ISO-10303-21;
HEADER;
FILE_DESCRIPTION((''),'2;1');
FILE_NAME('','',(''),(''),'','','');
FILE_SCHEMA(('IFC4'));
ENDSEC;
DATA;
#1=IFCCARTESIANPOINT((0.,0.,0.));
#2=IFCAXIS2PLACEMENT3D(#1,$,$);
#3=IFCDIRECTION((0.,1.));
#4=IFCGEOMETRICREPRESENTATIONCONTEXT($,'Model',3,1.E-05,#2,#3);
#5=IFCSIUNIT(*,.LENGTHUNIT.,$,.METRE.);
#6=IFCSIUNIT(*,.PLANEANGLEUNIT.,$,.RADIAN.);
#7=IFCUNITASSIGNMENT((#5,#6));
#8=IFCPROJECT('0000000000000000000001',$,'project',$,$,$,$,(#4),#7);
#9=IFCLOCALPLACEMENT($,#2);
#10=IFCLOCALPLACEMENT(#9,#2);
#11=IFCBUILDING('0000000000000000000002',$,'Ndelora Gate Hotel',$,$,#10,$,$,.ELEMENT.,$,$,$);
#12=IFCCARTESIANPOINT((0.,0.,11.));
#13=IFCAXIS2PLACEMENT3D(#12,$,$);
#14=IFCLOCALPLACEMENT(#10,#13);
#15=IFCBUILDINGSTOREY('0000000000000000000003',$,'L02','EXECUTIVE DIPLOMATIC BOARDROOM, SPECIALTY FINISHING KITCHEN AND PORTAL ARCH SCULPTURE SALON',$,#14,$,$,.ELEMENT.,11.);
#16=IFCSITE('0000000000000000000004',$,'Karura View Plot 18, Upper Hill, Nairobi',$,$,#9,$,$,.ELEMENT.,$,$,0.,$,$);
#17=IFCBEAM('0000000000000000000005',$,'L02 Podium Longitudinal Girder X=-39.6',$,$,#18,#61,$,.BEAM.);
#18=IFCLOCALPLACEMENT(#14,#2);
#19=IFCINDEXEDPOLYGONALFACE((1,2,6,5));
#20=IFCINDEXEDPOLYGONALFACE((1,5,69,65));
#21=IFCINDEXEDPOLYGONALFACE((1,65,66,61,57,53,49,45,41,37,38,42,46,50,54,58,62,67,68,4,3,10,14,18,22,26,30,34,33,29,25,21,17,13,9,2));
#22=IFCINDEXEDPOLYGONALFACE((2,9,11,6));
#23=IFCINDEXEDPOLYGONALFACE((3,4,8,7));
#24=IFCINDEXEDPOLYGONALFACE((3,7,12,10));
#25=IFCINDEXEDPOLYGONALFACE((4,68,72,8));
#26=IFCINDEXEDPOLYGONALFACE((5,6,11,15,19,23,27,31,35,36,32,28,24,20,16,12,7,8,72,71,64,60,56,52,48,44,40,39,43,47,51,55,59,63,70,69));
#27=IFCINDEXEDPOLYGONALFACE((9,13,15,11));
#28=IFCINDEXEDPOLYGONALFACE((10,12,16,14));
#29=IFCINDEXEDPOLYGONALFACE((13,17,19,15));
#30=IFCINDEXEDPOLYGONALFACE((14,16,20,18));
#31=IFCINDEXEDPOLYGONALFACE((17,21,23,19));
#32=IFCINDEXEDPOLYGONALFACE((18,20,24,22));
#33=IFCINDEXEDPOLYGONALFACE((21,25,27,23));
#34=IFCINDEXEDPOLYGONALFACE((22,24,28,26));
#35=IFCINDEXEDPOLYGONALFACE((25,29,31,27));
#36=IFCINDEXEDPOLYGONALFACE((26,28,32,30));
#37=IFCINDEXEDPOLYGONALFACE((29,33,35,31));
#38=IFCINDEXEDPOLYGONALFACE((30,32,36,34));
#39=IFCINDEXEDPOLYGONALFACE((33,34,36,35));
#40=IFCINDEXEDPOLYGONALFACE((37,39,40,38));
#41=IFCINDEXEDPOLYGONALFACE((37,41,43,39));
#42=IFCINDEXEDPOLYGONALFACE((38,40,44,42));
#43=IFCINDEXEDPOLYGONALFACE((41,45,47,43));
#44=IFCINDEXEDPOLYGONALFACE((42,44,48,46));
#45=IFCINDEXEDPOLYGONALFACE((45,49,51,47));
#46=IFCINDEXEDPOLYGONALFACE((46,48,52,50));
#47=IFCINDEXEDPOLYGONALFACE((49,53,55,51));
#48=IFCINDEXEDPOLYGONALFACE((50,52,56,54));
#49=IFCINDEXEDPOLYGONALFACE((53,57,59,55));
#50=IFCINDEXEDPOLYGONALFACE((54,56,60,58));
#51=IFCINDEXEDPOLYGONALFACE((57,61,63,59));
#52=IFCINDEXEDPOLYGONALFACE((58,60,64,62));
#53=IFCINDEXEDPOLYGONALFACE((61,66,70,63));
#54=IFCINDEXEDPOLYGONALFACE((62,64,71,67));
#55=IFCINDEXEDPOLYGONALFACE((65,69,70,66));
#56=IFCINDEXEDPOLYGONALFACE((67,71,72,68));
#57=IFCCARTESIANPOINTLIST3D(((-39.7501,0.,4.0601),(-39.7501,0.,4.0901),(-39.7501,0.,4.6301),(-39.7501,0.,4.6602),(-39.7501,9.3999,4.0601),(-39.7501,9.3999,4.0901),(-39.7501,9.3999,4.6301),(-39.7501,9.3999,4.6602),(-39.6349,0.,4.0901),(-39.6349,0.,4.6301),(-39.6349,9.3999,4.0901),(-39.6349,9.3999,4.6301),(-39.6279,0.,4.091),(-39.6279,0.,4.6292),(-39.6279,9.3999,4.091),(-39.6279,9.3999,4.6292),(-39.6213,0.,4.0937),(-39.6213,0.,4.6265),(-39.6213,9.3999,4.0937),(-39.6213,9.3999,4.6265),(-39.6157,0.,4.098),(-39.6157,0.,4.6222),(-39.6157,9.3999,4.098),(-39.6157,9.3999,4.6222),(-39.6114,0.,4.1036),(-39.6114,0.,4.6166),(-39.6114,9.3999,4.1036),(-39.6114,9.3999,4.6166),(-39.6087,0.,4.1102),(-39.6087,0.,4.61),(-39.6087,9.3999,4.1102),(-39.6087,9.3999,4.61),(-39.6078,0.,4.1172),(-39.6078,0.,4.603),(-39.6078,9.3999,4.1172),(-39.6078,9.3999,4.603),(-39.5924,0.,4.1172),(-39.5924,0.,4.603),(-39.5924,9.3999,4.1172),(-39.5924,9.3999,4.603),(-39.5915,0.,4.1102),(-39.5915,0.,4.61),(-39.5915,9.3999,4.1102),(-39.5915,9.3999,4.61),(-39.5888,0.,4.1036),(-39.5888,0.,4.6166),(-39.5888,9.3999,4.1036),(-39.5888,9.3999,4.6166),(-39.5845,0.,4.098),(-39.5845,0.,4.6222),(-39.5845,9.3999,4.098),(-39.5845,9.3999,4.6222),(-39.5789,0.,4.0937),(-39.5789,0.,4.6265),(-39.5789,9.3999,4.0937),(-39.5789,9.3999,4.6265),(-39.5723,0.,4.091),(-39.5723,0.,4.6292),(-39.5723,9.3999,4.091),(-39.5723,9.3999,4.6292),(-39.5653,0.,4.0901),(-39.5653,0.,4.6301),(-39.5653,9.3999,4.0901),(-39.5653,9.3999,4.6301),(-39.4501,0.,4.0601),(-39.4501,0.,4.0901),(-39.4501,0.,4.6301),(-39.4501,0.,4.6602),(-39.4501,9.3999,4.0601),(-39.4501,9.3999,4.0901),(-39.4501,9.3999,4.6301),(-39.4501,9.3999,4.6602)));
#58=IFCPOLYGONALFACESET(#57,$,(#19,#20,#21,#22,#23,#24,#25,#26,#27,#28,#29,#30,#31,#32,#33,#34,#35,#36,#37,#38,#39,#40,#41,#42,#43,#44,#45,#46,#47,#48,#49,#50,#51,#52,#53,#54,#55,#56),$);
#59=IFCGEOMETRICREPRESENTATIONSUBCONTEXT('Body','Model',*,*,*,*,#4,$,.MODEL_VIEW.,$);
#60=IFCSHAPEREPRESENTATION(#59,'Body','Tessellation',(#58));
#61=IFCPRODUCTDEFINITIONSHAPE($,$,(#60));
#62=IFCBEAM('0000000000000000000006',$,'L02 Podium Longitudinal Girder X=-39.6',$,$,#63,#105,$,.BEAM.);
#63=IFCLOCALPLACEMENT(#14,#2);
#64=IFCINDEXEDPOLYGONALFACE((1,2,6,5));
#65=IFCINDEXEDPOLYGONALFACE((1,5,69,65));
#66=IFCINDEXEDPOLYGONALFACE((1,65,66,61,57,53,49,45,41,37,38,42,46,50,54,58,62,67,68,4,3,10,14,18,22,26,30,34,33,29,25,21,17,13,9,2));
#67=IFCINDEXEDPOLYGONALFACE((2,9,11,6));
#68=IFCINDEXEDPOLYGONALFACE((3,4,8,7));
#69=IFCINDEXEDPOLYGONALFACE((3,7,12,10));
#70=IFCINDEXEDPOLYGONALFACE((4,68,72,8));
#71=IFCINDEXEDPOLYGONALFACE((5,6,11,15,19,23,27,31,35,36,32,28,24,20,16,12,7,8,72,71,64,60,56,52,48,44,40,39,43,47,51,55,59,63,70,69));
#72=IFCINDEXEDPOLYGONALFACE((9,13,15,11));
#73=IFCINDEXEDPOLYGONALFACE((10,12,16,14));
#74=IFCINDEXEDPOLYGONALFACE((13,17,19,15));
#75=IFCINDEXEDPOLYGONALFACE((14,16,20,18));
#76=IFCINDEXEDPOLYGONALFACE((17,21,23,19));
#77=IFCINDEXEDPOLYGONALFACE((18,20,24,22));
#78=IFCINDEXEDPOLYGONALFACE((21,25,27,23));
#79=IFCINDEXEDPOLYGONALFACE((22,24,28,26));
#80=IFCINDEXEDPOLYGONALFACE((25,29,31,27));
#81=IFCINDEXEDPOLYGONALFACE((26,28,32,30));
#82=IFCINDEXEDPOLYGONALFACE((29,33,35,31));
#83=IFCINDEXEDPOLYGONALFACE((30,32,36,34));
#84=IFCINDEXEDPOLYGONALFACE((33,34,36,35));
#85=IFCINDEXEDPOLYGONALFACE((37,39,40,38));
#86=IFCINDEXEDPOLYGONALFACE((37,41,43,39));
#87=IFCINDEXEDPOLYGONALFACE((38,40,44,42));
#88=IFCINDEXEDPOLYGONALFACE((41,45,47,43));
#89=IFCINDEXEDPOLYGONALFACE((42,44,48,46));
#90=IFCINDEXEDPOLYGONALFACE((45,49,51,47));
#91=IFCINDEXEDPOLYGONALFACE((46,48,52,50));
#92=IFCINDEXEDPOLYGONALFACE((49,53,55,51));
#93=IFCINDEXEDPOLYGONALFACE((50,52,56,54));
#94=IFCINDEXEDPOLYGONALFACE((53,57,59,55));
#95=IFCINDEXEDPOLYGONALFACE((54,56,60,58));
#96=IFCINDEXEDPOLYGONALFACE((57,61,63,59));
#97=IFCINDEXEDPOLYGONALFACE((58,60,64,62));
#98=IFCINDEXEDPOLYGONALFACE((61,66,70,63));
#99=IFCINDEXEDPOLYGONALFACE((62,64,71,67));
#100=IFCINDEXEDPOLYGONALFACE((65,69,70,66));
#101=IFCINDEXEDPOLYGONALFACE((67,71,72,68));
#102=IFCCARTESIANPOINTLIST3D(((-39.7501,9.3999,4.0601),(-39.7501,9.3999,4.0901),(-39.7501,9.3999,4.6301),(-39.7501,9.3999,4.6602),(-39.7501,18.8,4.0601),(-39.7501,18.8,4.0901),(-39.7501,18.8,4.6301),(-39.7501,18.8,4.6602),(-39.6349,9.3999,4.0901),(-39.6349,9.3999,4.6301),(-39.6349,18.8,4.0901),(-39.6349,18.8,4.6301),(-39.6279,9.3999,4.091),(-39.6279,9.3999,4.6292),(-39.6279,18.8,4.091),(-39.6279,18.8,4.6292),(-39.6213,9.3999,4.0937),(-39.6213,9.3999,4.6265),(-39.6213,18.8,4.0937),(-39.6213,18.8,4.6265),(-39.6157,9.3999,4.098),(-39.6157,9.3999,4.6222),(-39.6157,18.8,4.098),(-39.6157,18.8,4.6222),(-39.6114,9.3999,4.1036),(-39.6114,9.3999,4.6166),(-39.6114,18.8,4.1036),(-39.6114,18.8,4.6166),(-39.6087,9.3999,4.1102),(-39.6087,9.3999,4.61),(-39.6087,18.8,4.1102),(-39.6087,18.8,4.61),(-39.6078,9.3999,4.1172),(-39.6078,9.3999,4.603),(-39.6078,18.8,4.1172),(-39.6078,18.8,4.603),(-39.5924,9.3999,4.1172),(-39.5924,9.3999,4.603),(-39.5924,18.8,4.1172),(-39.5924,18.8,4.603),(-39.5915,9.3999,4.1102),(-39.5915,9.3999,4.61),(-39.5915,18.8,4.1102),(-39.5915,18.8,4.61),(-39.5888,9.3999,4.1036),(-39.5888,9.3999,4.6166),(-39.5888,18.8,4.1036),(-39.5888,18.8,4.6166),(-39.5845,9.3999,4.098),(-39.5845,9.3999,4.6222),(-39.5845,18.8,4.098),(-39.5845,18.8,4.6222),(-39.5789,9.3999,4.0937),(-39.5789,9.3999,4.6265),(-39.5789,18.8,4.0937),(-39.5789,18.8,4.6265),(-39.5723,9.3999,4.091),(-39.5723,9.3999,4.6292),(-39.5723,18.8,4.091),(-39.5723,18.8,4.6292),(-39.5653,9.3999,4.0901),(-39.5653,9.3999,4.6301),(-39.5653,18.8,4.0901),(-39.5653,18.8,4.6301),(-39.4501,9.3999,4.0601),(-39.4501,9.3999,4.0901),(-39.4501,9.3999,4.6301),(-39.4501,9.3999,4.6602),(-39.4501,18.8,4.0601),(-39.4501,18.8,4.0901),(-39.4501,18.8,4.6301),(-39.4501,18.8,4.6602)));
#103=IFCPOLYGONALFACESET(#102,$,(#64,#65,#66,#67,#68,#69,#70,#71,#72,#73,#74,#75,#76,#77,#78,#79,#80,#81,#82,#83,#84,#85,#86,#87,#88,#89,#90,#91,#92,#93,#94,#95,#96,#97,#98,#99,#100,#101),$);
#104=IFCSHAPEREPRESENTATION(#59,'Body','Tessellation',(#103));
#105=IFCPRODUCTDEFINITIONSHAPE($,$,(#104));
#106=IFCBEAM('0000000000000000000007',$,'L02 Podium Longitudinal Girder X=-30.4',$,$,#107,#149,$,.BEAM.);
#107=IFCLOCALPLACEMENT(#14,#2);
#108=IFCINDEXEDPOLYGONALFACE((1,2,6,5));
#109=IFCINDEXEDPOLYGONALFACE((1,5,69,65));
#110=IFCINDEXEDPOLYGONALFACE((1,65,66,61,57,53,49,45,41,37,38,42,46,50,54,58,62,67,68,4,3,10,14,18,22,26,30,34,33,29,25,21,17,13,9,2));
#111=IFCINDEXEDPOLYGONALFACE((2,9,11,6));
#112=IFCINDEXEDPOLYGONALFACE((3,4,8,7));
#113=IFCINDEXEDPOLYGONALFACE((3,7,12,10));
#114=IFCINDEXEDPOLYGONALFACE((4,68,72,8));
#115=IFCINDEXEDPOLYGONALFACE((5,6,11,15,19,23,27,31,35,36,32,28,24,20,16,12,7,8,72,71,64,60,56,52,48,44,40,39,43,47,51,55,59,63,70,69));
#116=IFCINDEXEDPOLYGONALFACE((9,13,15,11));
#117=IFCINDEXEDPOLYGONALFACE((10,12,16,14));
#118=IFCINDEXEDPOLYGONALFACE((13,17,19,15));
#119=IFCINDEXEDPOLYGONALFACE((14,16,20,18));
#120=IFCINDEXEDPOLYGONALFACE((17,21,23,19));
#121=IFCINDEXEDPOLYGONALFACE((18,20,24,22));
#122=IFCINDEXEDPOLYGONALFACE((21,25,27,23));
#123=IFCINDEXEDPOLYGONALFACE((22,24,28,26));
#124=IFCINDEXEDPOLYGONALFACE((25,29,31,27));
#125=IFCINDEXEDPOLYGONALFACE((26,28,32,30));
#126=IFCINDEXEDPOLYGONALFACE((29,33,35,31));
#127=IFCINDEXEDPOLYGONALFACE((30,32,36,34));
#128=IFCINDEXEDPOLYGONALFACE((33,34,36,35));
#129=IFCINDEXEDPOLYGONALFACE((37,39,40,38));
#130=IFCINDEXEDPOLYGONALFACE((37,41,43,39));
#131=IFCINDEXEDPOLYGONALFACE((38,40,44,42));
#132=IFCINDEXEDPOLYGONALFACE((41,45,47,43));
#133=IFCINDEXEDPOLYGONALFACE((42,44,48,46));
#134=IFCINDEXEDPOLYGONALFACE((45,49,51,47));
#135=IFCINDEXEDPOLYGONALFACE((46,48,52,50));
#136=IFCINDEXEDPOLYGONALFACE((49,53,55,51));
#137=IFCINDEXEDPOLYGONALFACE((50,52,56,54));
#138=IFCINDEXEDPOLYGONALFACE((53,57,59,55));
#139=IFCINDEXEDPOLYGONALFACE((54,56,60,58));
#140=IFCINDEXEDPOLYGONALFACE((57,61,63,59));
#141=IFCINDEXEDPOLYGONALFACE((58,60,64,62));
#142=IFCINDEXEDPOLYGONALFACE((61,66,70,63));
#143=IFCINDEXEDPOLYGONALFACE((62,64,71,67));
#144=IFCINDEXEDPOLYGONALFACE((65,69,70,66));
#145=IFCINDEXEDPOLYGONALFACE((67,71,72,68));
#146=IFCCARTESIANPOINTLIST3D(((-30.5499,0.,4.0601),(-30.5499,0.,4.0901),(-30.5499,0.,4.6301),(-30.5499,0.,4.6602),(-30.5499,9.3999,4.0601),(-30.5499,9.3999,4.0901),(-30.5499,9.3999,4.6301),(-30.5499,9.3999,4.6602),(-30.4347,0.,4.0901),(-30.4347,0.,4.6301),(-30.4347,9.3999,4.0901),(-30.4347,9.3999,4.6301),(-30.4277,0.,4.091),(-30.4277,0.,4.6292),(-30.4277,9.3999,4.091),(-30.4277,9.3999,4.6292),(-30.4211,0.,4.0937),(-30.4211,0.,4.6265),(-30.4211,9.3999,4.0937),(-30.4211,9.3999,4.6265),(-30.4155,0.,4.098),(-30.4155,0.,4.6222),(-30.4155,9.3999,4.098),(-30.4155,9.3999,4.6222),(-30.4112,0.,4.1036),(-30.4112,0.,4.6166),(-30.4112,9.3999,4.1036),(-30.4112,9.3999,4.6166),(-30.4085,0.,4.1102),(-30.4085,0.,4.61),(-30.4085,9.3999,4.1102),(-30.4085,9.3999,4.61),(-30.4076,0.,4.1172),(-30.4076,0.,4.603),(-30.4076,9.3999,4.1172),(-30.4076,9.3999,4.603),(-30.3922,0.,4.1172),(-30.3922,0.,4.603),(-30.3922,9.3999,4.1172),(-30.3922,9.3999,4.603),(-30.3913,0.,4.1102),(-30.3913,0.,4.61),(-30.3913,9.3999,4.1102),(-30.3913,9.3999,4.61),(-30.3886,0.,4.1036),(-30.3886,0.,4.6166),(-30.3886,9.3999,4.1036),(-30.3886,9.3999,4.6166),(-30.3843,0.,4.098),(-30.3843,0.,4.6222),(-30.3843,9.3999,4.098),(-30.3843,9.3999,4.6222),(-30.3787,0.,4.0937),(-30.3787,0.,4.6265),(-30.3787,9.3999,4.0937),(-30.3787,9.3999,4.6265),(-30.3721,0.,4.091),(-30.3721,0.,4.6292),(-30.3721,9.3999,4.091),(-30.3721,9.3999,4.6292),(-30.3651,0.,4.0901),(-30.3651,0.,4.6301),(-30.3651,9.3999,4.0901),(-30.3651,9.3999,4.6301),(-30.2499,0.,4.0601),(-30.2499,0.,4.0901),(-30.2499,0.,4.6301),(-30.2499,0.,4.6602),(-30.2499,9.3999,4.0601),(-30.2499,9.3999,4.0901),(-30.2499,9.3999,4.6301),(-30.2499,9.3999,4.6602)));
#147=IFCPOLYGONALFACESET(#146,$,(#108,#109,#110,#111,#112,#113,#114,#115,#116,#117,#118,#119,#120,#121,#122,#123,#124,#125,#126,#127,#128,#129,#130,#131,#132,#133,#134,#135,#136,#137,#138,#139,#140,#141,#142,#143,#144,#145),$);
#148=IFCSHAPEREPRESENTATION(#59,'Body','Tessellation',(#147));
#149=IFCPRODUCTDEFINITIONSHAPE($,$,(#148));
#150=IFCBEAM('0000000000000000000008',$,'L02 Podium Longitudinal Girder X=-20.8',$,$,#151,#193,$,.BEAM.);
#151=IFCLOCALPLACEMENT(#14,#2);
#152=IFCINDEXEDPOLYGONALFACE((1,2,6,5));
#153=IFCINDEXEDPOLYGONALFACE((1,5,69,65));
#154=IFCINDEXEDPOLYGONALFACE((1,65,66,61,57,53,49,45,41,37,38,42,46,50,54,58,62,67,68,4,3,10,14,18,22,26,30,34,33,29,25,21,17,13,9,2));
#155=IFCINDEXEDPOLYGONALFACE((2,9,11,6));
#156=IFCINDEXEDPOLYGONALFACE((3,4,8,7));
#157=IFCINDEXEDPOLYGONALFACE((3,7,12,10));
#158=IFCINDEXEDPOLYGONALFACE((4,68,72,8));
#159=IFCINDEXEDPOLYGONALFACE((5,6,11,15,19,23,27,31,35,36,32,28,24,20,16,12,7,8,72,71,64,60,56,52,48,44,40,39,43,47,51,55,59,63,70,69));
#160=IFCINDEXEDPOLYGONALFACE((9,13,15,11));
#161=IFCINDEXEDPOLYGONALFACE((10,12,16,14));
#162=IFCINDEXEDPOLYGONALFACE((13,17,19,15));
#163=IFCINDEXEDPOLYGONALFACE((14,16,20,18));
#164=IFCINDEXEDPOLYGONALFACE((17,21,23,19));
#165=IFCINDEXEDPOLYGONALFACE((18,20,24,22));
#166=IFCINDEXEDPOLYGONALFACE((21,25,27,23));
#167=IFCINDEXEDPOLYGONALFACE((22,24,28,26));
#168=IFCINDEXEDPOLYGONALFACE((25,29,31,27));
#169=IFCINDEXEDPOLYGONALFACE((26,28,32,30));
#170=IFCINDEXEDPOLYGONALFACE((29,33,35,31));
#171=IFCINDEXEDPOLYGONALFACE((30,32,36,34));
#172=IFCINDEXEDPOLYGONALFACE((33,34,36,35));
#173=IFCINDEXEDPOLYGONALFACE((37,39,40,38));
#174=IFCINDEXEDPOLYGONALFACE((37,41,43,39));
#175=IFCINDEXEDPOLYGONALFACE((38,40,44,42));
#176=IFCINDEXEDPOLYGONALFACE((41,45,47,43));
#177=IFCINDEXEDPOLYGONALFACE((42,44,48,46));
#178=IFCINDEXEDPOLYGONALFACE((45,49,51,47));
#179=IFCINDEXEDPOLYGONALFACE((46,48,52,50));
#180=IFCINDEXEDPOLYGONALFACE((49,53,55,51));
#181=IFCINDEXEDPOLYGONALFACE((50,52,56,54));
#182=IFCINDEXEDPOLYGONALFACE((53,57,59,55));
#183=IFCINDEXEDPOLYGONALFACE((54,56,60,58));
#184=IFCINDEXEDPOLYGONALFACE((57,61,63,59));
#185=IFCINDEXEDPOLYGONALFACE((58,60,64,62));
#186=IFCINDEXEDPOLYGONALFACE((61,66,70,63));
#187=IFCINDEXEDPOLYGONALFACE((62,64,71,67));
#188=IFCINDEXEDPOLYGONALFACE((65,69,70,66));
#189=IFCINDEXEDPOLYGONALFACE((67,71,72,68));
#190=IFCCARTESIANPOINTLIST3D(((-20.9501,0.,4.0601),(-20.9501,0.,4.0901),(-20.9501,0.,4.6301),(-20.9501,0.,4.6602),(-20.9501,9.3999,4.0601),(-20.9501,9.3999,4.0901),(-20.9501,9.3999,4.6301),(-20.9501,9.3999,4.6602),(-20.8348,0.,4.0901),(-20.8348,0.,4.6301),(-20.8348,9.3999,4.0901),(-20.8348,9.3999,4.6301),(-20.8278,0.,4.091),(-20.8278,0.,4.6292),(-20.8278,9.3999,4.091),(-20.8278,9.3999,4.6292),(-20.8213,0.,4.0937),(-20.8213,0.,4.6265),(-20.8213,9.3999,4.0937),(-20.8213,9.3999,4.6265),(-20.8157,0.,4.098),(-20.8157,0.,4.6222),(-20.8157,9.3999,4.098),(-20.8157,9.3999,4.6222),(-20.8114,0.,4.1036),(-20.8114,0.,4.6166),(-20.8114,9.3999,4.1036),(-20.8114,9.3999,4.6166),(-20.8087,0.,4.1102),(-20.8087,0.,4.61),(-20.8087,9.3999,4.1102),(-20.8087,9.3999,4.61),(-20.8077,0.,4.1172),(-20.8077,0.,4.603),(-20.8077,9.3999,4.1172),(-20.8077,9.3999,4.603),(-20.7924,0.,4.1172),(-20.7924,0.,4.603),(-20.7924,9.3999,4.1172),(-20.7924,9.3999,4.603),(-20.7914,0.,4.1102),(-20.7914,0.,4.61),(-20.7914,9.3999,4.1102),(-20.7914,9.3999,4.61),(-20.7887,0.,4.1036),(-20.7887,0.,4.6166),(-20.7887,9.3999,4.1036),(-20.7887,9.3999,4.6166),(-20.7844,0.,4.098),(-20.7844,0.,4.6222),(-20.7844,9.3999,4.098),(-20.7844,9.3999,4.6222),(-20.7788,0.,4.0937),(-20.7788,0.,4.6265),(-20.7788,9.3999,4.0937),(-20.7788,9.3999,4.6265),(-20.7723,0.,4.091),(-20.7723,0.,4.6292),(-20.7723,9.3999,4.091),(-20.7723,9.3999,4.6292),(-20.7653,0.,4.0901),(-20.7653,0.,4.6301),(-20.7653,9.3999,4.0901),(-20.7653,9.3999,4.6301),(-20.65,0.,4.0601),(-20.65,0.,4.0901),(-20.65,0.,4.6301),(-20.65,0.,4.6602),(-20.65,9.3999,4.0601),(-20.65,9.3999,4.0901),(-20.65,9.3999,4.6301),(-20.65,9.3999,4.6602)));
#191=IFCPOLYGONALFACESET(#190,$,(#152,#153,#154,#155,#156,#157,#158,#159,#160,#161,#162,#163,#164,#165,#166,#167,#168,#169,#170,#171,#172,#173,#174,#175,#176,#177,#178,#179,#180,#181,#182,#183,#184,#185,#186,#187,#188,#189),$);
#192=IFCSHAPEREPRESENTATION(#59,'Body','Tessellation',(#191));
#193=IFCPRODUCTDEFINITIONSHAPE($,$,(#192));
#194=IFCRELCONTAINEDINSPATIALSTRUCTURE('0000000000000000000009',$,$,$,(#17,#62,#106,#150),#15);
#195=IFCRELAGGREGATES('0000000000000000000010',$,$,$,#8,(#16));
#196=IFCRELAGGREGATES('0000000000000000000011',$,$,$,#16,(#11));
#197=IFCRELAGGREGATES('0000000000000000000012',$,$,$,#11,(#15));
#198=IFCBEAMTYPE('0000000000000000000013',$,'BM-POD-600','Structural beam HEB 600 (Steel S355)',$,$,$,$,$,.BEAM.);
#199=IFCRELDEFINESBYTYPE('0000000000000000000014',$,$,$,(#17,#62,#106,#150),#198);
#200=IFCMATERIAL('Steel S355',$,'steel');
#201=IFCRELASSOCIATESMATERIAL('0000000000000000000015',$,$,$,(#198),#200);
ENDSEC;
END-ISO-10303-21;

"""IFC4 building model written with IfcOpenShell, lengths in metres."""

from ifc_helpers import new_model, si_unit, direction, frame, origin, origin_2d, place, context, subcontext, project, spatial, i_section, extrude, material, material_profile, profile_set, type_object, element, save


model = new_model("IFC4")

# Units and contexts
model_context = context("Model", 3, precision=1e-05, world=origin(), true_north=direction((0.0, 1.0)))
body_context = subcontext(model_context, "Body", "Model", "MODEL_VIEW")
ifc_project = project(units=[si_unit("LENGTHUNIT", "METRE"), si_unit("PLANEANGLEUNIT", "RADIAN")], contexts=[model_context])

# Site, building, storey
site_placement = place(None, origin())
site = spatial("IfcSite", under=ifc_project, at=site_placement, Name="Karura View Plot 18, Upper Hill, Nairobi", CompositionType="ELEMENT", RefElevation=0.0)
building_placement = place(site_placement, origin())
building = spatial("IfcBuilding", under=site, at=building_placement, Name="Ndelora Gate Hotel", CompositionType="ELEMENT")
storey_placement = place(building_placement, frame((0.0, 0.0, 11.0)))
storey = spatial("IfcBuildingStorey", under=building, at=storey_placement, Name="L02", Description="EXECUTIVE DIPLOMATIC BOARDROOM, SPECIALTY FINISHING KITCHEN AND PORTAL ARCH SCULPTURE SALON", CompositionType="ELEMENT", Elevation=11.0)

# Beams
ifc_material_1 = material(Name="Steel S355", Category="steel")
ifc_material_profile_1 = material_profile(ifc_material_1, i_section(OverallWidth=0.3, OverallDepth=0.6001, WebThickness=0.0154, FlangeThickness=0.03, FilletRadius=0.0271, at=origin_2d()), Name="HEB 600")
ifc_profile_set_1 = profile_set([ifc_material_profile_1], Name="Steel S355")
beam_type_1 = type_object("IfcBeamType", Name="BM-POD-600", Description="Structural beam HEB 600 (Steel S355)", PredefinedType="BEAM", material=ifc_profile_set_1)
beam_1_placement = place(storey_placement, frame((-39.6001, 0.0, 4.3601), z_axis=(0.0, 1.0, 0.0), x_axis=(-1.0, 0.0, 0.0)))
element("IfcBeam", 1, at=beam_1_placement, inside=storey, type_object=beam_type_1, Name="L02 Podium Longitudinal Girder X=-39.6", PredefinedType="BEAM", context=body_context, shape_type="SweptSolid", body=[
    extrude(i_section(OverallWidth=0.3, OverallDepth=0.6001, WebThickness=0.0154, FlangeThickness=0.03, FilletRadius=0.0271, at=origin_2d()), origin(), (0.0, 0.0, 1.0), 9.3999),
])
beam_2_placement = place(storey_placement, frame((-39.6001, 9.3999, 4.3601), z_axis=(0.0, 1.0, 0.0), x_axis=(-1.0, 0.0, 0.0)))
element("IfcBeam", 2, at=beam_2_placement, inside=storey, type_object=beam_type_1, Name="L02 Podium Longitudinal Girder X=-39.6", PredefinedType="BEAM", context=body_context, shape_type="SweptSolid", body=[
    extrude(i_section(OverallWidth=0.3, OverallDepth=0.6001, WebThickness=0.0154, FlangeThickness=0.03, FilletRadius=0.0271, at=origin_2d()), origin(), (0.0, 0.0, 1.0), 9.4001),
])
for number, where, z_axis, x_axis, name in (
    (3, (-30.3999, 0.0, 4.3601), (0.0, 1.0, 0.0), (-1.0, 0.0, 0.0), "L02 Podium Longitudinal Girder X=-30.4"),
    (4, (-20.8, 0.0, 4.3601), (0.0, 1.0, 0.0), (-1.0, 0.0, 0.0), "L02 Podium Longitudinal Girder X=-20.8"),
):
    element("IfcBeam", number, at=place(storey_placement, frame(where, z_axis=z_axis, x_axis=x_axis)), inside=storey, type_object=beam_type_1, Name=name, PredefinedType="BEAM", context=body_context, shape_type="SweptSolid", body=[
        extrude(i_section(OverallWidth=0.3, OverallDepth=0.6001, WebThickness=0.0154, FlangeThickness=0.03, FilletRadius=0.0271, at=origin_2d()), origin(), (0.0, 0.0, 1.0), 9.3999),
    ])

save(model, "model.ifc")
